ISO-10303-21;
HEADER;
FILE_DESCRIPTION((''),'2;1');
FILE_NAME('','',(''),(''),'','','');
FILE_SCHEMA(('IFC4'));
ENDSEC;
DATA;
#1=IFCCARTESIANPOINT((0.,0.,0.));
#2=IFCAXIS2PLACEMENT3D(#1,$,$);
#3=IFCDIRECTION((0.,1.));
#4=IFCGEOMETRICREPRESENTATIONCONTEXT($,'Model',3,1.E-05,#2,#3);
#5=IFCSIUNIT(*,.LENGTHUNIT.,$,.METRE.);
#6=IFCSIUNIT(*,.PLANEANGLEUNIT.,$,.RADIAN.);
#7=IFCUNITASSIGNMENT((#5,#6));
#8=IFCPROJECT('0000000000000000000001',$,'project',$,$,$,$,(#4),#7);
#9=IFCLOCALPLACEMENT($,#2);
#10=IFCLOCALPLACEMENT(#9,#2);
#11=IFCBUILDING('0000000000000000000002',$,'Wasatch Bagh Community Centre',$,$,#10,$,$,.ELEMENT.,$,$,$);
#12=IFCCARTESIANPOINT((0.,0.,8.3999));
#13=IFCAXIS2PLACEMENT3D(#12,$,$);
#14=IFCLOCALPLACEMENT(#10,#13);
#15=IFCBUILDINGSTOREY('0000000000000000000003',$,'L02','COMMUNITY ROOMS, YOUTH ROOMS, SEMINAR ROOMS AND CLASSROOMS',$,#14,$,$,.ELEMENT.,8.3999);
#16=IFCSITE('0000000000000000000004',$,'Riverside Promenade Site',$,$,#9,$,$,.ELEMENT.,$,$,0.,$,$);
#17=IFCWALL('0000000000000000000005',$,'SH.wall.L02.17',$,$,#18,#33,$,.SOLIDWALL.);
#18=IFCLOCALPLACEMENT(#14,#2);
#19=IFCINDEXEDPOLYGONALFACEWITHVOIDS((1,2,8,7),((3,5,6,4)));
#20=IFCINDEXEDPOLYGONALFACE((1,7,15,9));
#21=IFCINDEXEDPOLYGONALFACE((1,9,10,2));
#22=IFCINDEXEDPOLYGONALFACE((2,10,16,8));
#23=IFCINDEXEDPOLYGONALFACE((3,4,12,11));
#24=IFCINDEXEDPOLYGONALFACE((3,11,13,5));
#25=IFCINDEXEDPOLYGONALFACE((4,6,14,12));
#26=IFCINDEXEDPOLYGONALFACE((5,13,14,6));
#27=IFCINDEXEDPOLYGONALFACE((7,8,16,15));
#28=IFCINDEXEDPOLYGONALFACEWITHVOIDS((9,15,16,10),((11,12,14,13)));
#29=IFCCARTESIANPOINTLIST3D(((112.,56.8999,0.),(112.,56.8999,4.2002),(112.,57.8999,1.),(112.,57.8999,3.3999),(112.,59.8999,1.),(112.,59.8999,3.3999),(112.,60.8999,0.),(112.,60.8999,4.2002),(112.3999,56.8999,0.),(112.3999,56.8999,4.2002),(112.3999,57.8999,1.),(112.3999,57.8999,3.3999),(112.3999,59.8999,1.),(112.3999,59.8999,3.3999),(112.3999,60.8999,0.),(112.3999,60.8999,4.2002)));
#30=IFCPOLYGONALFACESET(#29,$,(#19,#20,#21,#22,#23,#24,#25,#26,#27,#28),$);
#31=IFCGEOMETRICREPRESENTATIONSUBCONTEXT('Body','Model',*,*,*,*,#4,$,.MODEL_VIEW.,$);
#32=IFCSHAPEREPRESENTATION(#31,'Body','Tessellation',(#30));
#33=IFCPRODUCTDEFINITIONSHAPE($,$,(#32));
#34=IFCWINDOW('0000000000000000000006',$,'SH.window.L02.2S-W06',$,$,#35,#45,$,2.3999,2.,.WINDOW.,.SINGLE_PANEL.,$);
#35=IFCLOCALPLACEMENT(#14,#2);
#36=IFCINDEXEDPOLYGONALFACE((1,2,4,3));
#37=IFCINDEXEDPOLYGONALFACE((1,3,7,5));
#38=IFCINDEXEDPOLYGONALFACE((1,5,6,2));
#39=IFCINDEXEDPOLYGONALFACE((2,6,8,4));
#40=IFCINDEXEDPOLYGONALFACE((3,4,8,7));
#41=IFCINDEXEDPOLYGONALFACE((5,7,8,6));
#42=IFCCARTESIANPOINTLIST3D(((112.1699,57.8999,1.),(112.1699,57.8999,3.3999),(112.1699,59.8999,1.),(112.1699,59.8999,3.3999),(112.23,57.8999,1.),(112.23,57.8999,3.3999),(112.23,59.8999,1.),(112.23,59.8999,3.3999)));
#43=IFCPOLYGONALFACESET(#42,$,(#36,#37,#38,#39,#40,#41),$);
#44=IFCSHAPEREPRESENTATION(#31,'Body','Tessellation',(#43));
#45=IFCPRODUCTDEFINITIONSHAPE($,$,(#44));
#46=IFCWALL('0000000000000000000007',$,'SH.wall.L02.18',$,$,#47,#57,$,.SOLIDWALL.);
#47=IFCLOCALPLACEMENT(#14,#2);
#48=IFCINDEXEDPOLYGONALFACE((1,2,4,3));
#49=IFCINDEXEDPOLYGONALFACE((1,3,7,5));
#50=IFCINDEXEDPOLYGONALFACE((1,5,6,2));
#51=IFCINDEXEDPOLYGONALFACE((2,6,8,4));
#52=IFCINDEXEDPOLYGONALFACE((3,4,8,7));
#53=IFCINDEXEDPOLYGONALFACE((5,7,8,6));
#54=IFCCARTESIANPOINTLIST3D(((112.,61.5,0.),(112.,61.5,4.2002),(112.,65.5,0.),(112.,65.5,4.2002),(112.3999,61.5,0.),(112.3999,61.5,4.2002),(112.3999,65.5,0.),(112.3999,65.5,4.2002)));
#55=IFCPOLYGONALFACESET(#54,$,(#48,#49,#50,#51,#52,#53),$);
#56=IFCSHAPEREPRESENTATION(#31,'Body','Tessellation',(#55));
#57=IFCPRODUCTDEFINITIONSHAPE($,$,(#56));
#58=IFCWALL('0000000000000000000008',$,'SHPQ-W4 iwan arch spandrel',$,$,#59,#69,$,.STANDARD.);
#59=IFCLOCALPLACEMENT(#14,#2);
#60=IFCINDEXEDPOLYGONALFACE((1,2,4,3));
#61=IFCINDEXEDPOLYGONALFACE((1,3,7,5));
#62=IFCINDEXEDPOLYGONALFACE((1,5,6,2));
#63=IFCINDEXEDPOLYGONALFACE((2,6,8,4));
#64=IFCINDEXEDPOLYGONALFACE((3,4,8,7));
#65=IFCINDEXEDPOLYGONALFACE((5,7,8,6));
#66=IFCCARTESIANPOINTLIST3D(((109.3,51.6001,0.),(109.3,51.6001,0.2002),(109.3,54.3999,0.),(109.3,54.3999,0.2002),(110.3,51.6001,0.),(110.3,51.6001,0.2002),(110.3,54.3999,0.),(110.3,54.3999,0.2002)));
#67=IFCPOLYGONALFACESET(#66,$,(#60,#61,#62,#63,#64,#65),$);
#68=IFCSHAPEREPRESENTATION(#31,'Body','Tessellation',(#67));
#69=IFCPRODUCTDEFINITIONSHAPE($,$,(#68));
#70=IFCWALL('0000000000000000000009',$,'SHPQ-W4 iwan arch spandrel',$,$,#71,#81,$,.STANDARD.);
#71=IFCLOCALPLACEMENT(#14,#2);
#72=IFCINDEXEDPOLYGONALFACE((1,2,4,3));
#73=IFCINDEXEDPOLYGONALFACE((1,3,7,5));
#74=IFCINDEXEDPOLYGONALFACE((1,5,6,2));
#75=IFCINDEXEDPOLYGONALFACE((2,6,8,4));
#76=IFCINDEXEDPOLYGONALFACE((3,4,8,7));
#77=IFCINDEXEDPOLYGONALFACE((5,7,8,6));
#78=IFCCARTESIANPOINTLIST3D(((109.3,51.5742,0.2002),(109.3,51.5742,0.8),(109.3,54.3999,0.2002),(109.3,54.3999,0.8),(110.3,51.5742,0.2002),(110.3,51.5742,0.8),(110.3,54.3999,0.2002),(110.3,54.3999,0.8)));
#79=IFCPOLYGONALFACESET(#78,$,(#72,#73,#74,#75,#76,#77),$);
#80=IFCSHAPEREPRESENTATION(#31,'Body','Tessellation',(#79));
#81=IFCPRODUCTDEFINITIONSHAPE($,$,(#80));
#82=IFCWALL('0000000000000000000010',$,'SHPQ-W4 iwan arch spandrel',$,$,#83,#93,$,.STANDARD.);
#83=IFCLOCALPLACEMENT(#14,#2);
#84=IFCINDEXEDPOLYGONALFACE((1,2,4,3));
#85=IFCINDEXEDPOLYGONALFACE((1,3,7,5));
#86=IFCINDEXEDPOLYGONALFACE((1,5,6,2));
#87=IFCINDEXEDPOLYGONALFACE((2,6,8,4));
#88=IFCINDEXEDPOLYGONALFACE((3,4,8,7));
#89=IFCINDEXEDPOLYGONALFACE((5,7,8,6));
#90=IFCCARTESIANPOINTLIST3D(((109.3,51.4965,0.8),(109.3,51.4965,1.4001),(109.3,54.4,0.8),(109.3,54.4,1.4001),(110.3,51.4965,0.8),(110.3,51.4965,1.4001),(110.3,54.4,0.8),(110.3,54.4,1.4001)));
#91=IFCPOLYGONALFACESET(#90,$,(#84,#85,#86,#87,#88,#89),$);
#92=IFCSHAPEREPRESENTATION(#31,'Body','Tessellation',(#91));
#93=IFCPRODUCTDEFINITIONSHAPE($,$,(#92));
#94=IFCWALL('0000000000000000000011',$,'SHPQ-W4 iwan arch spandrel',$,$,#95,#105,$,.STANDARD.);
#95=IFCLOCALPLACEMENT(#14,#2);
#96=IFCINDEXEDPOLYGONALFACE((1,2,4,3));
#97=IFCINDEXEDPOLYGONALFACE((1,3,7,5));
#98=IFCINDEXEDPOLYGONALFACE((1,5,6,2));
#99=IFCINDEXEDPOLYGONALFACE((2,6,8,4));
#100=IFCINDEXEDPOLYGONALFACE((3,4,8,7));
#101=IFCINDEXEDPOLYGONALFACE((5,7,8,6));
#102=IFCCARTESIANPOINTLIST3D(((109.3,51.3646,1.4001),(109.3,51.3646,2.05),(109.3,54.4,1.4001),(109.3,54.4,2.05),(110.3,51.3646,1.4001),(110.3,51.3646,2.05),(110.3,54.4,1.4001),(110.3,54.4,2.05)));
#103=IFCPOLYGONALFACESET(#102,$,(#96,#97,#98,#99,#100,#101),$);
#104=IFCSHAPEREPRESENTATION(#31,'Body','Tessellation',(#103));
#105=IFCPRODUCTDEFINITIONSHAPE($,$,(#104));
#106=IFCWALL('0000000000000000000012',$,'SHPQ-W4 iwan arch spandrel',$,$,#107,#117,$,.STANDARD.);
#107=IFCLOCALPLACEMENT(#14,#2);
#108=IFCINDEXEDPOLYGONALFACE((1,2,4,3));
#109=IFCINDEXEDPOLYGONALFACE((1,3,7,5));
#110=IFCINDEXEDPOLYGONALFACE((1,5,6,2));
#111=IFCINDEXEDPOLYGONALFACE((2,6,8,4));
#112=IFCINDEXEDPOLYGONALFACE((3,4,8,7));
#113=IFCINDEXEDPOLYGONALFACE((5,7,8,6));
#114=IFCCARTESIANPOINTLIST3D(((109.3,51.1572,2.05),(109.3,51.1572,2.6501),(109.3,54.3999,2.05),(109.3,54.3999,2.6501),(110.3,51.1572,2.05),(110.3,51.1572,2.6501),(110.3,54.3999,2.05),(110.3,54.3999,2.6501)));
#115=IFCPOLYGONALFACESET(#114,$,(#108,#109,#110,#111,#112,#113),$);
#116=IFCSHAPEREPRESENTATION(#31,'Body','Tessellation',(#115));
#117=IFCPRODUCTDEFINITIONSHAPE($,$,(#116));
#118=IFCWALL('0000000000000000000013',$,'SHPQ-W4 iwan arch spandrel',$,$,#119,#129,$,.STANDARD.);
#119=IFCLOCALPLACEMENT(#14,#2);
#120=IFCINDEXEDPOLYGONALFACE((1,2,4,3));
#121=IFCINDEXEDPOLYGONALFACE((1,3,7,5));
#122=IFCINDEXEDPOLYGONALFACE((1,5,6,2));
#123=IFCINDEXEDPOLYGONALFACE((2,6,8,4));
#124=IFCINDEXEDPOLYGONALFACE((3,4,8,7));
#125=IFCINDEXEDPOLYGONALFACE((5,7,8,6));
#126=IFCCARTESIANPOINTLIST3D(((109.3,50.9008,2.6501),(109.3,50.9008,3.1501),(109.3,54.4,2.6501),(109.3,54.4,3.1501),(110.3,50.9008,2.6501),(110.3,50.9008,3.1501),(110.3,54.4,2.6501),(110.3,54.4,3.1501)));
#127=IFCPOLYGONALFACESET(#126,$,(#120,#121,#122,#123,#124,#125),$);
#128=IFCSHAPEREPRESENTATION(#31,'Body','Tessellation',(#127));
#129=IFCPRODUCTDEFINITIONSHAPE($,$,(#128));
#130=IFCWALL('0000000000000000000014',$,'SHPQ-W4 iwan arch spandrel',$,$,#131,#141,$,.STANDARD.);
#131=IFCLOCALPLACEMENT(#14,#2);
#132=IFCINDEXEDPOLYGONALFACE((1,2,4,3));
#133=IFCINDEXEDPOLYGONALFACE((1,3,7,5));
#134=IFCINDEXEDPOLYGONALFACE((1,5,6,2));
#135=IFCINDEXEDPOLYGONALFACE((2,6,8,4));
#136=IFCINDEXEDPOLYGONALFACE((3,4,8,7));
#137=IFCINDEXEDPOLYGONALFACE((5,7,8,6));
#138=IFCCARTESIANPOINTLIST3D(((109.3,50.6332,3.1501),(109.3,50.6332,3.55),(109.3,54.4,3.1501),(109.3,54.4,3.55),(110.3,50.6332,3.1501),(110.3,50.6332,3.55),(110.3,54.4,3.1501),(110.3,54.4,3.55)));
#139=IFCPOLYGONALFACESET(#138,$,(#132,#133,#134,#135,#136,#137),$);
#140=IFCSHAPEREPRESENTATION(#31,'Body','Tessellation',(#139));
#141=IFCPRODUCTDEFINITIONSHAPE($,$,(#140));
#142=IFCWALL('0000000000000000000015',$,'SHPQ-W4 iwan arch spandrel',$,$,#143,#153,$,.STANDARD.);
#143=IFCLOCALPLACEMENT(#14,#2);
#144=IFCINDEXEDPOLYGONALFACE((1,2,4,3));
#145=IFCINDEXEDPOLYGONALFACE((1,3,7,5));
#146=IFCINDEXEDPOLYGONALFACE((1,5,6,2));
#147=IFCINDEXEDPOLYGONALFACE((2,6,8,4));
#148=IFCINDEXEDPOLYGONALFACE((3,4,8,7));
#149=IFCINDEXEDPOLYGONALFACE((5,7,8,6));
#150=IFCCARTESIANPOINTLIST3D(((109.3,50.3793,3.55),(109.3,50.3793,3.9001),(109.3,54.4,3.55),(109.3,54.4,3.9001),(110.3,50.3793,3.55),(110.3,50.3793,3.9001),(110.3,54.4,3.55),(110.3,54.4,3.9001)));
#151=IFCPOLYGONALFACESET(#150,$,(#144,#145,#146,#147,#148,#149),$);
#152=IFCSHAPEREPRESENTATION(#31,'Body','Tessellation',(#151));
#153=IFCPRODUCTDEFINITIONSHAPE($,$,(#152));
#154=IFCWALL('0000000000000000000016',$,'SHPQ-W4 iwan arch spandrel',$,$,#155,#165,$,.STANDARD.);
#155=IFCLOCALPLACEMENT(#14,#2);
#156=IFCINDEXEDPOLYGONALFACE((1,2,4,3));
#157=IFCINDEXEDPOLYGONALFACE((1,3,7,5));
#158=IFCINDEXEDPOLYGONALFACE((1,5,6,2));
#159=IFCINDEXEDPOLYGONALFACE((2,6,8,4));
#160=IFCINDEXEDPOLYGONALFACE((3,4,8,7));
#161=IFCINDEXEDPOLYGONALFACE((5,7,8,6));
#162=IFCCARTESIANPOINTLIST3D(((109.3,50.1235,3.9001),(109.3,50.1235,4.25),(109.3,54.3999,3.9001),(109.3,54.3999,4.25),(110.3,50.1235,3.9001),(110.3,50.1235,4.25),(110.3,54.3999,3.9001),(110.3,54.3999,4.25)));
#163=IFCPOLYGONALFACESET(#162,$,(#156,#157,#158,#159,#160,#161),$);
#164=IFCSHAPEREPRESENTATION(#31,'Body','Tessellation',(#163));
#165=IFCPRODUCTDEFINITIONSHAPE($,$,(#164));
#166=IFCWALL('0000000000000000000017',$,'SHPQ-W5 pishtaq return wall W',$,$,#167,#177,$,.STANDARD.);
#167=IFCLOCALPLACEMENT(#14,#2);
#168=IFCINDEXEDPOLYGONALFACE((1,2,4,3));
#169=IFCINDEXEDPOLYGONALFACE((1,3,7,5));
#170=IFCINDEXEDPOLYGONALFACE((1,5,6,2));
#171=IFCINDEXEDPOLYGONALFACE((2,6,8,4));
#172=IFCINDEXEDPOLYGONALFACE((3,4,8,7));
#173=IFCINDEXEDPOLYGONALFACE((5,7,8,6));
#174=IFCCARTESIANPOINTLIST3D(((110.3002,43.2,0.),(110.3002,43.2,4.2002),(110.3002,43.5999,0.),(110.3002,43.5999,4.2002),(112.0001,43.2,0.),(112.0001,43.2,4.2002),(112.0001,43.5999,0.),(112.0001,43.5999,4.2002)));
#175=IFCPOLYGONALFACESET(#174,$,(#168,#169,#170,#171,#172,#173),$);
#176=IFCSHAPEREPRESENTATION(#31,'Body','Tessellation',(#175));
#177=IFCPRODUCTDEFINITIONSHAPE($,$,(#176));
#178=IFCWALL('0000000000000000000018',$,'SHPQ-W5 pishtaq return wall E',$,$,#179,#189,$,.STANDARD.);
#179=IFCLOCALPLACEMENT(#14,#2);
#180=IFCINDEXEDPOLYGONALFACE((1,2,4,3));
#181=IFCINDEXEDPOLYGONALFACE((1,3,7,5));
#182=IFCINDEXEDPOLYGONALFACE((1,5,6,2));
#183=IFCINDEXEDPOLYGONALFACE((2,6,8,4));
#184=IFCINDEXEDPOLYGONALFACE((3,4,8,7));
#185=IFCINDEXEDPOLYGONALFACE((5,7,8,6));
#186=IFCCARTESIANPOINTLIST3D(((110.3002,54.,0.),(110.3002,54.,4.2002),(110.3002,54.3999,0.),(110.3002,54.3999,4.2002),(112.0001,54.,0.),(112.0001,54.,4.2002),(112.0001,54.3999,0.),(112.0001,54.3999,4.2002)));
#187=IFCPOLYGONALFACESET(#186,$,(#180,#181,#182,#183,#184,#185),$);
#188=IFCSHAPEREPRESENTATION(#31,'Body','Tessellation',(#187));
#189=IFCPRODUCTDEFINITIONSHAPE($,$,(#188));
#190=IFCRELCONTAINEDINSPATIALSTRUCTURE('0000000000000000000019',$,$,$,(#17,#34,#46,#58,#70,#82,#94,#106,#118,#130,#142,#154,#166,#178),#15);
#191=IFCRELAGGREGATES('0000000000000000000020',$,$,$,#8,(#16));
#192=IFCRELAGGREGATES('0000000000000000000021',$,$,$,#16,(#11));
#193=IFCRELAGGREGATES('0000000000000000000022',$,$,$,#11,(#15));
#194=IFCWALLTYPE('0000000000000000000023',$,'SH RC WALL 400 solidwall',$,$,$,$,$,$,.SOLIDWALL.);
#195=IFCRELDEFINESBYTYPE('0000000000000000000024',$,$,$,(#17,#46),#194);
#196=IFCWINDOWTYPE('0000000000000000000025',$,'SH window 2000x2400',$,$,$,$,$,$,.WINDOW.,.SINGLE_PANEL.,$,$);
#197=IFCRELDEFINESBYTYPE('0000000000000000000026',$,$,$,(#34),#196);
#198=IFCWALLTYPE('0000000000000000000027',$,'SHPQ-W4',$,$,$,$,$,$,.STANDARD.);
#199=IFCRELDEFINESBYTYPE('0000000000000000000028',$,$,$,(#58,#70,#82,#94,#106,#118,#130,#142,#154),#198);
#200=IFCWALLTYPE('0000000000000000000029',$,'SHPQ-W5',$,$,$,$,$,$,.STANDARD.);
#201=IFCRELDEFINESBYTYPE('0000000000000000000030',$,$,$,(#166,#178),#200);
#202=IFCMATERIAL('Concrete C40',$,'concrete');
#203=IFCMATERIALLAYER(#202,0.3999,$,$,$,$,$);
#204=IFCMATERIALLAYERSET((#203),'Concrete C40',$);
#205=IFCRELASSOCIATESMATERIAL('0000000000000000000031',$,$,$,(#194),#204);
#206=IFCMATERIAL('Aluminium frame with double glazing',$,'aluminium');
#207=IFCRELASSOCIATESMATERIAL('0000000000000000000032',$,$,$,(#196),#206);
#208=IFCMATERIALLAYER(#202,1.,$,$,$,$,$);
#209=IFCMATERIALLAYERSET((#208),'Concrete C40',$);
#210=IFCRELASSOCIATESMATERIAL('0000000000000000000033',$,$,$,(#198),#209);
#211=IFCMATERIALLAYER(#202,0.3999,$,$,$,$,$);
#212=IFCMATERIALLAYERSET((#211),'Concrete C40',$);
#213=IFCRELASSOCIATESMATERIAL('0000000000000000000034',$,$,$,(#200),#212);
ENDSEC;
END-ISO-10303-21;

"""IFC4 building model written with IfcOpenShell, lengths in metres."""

from ifc_helpers import new_model, si_unit, direction, frame, frame_2d, origin, place, context, subcontext, project, spatial, rectangle, extrude, material, layer, layer_set, type_object, element, fill, save


model = new_model("IFC4")

# Units and contexts
model_context = context("Model", 3, precision=1e-05, world=origin(), true_north=direction((0.0, 1.0)))
body_context = subcontext(model_context, "Body", "Model", "MODEL_VIEW")
ifc_project = project(units=[si_unit("LENGTHUNIT", "METRE"), si_unit("PLANEANGLEUNIT", "RADIAN")], contexts=[model_context])

# Site, building, storey
site_placement = place(None, origin())
site = spatial("IfcSite", under=ifc_project, at=site_placement, Name="Riverside Promenade Site", CompositionType="ELEMENT", RefElevation=0.0)
building_placement = place(site_placement, origin())
building = spatial("IfcBuilding", under=site, at=building_placement, Name="Wasatch Bagh Community Centre", CompositionType="ELEMENT")
storey_placement = place(building_placement, frame((0.0, 0.0, 8.3999)))
storey = spatial("IfcBuildingStorey", under=building, at=storey_placement, Name="L02", Description="COMMUNITY ROOMS, YOUTH ROOMS, SEMINAR ROOMS AND CLASSROOMS", CompositionType="ELEMENT", Elevation=8.3999)

# Shared definitions
ifc_material_1 = material(Name="Concrete C40", Category="concrete")

# Wall, opening, window
ifc_layer_1 = layer(ifc_material_1, 0.3999)
ifc_layer_set_1 = layer_set([ifc_layer_1], Name="Concrete C40")
wall_type_1 = type_object("IfcWallType", Name="SH RC WALL 400 solidwall", PredefinedType="SOLIDWALL", material=ifc_layer_set_1)
ifc_material_2 = material(Name="Aluminium frame with double glazing", Category="aluminium")
window_type_1 = type_object("IfcWindowType", Name="SH window 2000x2400", PartitioningType="SINGLE_PANEL", PredefinedType="WINDOW", material=ifc_material_2)
wall_1_placement = place(storey_placement, frame((112.2, 56.8999, 0.0), z_axis=(0.0, 0.0, 1.0), x_axis=(0.0, 1.0, 0.0)))
wall_1 = element("IfcWall", 1, at=wall_1_placement, inside=storey, type_object=wall_type_1, Name="SH.wall.L02.17", PredefinedType="SOLIDWALL", context=body_context, shape_type="SweptSolid", body=[
    extrude(rectangle(XDim=4.0, YDim=0.3999, at=frame_2d((2.0, 0.0))), origin(), (0.0, 0.0, 1.0), 4.2002),
])
opening_1_placement = place(wall_1_placement, frame((1.0, 0.0, 1.0)))
opening_1 = element("IfcOpeningElement", 2, at=opening_1_placement, cuts=wall_1, PredefinedType="OPENING", context=body_context, shape_type="SweptSolid", body=[
    extrude(rectangle(XDim=2.0, YDim=2.3999, at=frame_2d((1.0, 1.2))), frame((0.0, 0.21, 0.0), z_axis=(0.0, -1.0, 0.0), x_axis=(1.0, 0.0, 0.0)), (0.0, 0.0, 1.0), 0.4199),
])
window_1_placement = place(opening_1_placement, origin())
window_1 = element("IfcWindow", 3, at=window_1_placement, inside=storey, type_object=window_type_1, Name="SH.window.L02.2S-W06", OverallHeight=2.3999, OverallWidth=2.0, PartitioningType="SINGLE_PANEL", PredefinedType="WINDOW", context=body_context, shape_type="SweptSolid", body=[
    extrude(rectangle(XDim=2.0, YDim=2.3999, at=frame_2d((1.0, 1.2))), frame((0.0, 0.03, 0.0), z_axis=(0.0, -1.0, 0.0), x_axis=(1.0, 0.0, 0.0)), (0.0, 0.0, 1.0), 0.0601),
])
fill(opening_1, window_1)

# Walls
wall_2_placement = place(storey_placement, frame((112.2, 61.5, 0.0), z_axis=(0.0, 0.0, 1.0), x_axis=(0.0, 1.0, 0.0)))
element("IfcWall", 4, at=wall_2_placement, inside=storey, type_object=wall_type_1, Name="SH.wall.L02.18", PredefinedType="SOLIDWALL", context=body_context, shape_type="SweptSolid", body=[
    extrude(rectangle(XDim=4.0, YDim=0.3999, at=frame_2d((2.0, 0.0))), origin(), (0.0, 0.0, 1.0), 4.2002),
])
ifc_layer_2 = layer(ifc_material_1, 1.0)
ifc_layer_set_2 = layer_set([ifc_layer_2], Name="Concrete C40")
wall_type_2 = type_object("IfcWallType", Name="SHPQ-W4", PredefinedType="STANDARD", material=ifc_layer_set_2)
wall_3_placement = place(storey_placement, frame((109.8, 54.3999, 0.0), z_axis=(0.0, 0.0, 1.0), x_axis=(0.0, -1.0, 0.0)))
element("IfcWall", 5, at=wall_3_placement, inside=storey, type_object=wall_type_2, Name="SHPQ-W4 iwan arch spandrel", PredefinedType="STANDARD", context=body_context, shape_type="SweptSolid", body=[
    extrude(rectangle(XDim=2.7998, YDim=1.0, at=frame_2d((1.3999, 0.0))), origin(), (0.0, 0.0, 1.0), 0.2002),
])
wall_4_placement = place(storey_placement, frame((109.8, 54.3999, 0.2002), z_axis=(0.0, 0.0, 1.0), x_axis=(0.0, -1.0, 0.0)))
element("IfcWall", 6, at=wall_4_placement, inside=storey, type_object=wall_type_2, Name="SHPQ-W4 iwan arch spandrel", PredefinedType="STANDARD", context=body_context, shape_type="SweptSolid", body=[
    extrude(rectangle(XDim=2.8257, YDim=1.0, at=frame_2d((1.4128, 0.0))), origin(), (0.0, 0.0, 1.0), 0.5999),
])
wall_5_placement = place(storey_placement, frame((109.8, 54.3999, 0.8), z_axis=(0.0, 0.0, 1.0), x_axis=(0.0, -1.0, 0.0)))
element("IfcWall", 7, at=wall_5_placement, inside=storey, type_object=wall_type_2, Name="SHPQ-W4 iwan arch spandrel", PredefinedType="STANDARD", context=body_context, shape_type="SweptSolid", body=[
    extrude(rectangle(XDim=2.9036, YDim=1.0, at=frame_2d((1.4517, 0.0))), origin(), (0.0, 0.0, 1.0), 0.6001),
])
wall_6_placement = place(storey_placement, frame((109.8, 54.3999, 1.4001), z_axis=(0.0, 0.0, 1.0), x_axis=(0.0, -1.0, 0.0)))
element("IfcWall", 8, at=wall_6_placement, inside=storey, type_object=wall_type_2, Name="SHPQ-W4 iwan arch spandrel", PredefinedType="STANDARD", context=body_context, shape_type="SweptSolid", body=[
    extrude(rectangle(XDim=3.0354, YDim=1.0, at=frame_2d((1.5176, 0.0))), origin(), (0.0, 0.0, 1.0), 0.6499),
])
wall_7_placement = place(storey_placement, frame((109.8, 54.3999, 2.05), z_axis=(0.0, 0.0, 1.0), x_axis=(0.0, -1.0, 0.0)))
element("IfcWall", 9, at=wall_7_placement, inside=storey, type_object=wall_type_2, Name="SHPQ-W4 iwan arch spandrel", PredefinedType="STANDARD", context=body_context, shape_type="SweptSolid", body=[
    extrude(rectangle(XDim=3.2427, YDim=1.0, at=frame_2d((1.6213, 0.0))), origin(), (0.0, 0.0, 1.0), 0.6001),
])
wall_8_placement = place(storey_placement, frame((109.8, 54.3999, 2.6501), z_axis=(0.0, 0.0, 1.0), x_axis=(0.0, -1.0, 0.0)))
element("IfcWall", 10, at=wall_8_placement, inside=storey, type_object=wall_type_2, Name="SHPQ-W4 iwan arch spandrel", PredefinedType="STANDARD", context=body_context, shape_type="SweptSolid", body=[
    extrude(rectangle(XDim=3.4993, YDim=1.0, at=frame_2d((1.7495, 0.0))), origin(), (0.0, 0.0, 1.0), 0.5),
])
wall_9_placement = place(storey_placement, frame((109.8, 54.3999, 3.1501), z_axis=(0.0, 0.0, 1.0), x_axis=(0.0, -1.0, 0.0)))
element("IfcWall", 11, at=wall_9_placement, inside=storey, type_object=wall_type_2, Name="SHPQ-W4 iwan arch spandrel", PredefinedType="STANDARD", context=body_context, shape_type="SweptSolid", body=[
    extrude(rectangle(XDim=3.7668, YDim=1.0, at=frame_2d((1.8833, 0.0))), origin(), (0.0, 0.0, 1.0), 0.3999),
])
wall_10_placement = place(storey_placement, frame((109.8, 54.3999, 3.55), z_axis=(0.0, 0.0, 1.0), x_axis=(0.0, -1.0, 0.0)))
element("IfcWall", 12, at=wall_10_placement, inside=storey, type_object=wall_type_2, Name="SHPQ-W4 iwan arch spandrel", PredefinedType="STANDARD", context=body_context, shape_type="SweptSolid", body=[
    extrude(rectangle(XDim=4.0208, YDim=1.0, at=frame_2d((2.0103, 0.0))), origin(), (0.0, 0.0, 1.0), 0.3501),
])
wall_11_placement = place(storey_placement, frame((109.8, 54.3999, 3.9001), z_axis=(0.0, 0.0, 1.0), x_axis=(0.0, -1.0, 0.0)))
element("IfcWall", 13, at=wall_11_placement, inside=storey, type_object=wall_type_2, Name="SHPQ-W4 iwan arch spandrel", PredefinedType="STANDARD", context=body_context, shape_type="SweptSolid", body=[
    extrude(rectangle(XDim=4.2764, YDim=1.0, at=frame_2d((2.1382, 0.0))), origin(), (0.0, 0.0, 1.0), 0.3499),
])
ifc_layer_3 = layer(ifc_material_1, 0.3999)
ifc_layer_set_3 = layer_set([ifc_layer_3], Name="Concrete C40")
wall_type_3 = type_object("IfcWallType", Name="SHPQ-W5", PredefinedType="STANDARD", material=ifc_layer_set_3)
for number, where, z_axis, x_axis, name in (
    (14, (110.3, 43.3999, 0.0), (0.0, 0.0, 1.0), (1.0, 0.0, 0.0), "SHPQ-W5 pishtaq return wall W"),
    (15, (110.3, 54.2, 0.0), (0.0, 0.0, 1.0), (1.0, 0.0, 0.0), "SHPQ-W5 pishtaq return wall E"),
):
    element("IfcWall", number, at=place(storey_placement, frame(where, z_axis=z_axis, x_axis=x_axis)), inside=storey, type_object=wall_type_3, Name=name, PredefinedType="STANDARD", context=body_context, shape_type="SweptSolid", body=[
        extrude(rectangle(XDim=1.7, YDim=0.3999, at=frame_2d((0.8501, 0.0))), origin(), (0.0, 0.0, 1.0), 4.2002),
    ])

save(model, "model.ifc")
